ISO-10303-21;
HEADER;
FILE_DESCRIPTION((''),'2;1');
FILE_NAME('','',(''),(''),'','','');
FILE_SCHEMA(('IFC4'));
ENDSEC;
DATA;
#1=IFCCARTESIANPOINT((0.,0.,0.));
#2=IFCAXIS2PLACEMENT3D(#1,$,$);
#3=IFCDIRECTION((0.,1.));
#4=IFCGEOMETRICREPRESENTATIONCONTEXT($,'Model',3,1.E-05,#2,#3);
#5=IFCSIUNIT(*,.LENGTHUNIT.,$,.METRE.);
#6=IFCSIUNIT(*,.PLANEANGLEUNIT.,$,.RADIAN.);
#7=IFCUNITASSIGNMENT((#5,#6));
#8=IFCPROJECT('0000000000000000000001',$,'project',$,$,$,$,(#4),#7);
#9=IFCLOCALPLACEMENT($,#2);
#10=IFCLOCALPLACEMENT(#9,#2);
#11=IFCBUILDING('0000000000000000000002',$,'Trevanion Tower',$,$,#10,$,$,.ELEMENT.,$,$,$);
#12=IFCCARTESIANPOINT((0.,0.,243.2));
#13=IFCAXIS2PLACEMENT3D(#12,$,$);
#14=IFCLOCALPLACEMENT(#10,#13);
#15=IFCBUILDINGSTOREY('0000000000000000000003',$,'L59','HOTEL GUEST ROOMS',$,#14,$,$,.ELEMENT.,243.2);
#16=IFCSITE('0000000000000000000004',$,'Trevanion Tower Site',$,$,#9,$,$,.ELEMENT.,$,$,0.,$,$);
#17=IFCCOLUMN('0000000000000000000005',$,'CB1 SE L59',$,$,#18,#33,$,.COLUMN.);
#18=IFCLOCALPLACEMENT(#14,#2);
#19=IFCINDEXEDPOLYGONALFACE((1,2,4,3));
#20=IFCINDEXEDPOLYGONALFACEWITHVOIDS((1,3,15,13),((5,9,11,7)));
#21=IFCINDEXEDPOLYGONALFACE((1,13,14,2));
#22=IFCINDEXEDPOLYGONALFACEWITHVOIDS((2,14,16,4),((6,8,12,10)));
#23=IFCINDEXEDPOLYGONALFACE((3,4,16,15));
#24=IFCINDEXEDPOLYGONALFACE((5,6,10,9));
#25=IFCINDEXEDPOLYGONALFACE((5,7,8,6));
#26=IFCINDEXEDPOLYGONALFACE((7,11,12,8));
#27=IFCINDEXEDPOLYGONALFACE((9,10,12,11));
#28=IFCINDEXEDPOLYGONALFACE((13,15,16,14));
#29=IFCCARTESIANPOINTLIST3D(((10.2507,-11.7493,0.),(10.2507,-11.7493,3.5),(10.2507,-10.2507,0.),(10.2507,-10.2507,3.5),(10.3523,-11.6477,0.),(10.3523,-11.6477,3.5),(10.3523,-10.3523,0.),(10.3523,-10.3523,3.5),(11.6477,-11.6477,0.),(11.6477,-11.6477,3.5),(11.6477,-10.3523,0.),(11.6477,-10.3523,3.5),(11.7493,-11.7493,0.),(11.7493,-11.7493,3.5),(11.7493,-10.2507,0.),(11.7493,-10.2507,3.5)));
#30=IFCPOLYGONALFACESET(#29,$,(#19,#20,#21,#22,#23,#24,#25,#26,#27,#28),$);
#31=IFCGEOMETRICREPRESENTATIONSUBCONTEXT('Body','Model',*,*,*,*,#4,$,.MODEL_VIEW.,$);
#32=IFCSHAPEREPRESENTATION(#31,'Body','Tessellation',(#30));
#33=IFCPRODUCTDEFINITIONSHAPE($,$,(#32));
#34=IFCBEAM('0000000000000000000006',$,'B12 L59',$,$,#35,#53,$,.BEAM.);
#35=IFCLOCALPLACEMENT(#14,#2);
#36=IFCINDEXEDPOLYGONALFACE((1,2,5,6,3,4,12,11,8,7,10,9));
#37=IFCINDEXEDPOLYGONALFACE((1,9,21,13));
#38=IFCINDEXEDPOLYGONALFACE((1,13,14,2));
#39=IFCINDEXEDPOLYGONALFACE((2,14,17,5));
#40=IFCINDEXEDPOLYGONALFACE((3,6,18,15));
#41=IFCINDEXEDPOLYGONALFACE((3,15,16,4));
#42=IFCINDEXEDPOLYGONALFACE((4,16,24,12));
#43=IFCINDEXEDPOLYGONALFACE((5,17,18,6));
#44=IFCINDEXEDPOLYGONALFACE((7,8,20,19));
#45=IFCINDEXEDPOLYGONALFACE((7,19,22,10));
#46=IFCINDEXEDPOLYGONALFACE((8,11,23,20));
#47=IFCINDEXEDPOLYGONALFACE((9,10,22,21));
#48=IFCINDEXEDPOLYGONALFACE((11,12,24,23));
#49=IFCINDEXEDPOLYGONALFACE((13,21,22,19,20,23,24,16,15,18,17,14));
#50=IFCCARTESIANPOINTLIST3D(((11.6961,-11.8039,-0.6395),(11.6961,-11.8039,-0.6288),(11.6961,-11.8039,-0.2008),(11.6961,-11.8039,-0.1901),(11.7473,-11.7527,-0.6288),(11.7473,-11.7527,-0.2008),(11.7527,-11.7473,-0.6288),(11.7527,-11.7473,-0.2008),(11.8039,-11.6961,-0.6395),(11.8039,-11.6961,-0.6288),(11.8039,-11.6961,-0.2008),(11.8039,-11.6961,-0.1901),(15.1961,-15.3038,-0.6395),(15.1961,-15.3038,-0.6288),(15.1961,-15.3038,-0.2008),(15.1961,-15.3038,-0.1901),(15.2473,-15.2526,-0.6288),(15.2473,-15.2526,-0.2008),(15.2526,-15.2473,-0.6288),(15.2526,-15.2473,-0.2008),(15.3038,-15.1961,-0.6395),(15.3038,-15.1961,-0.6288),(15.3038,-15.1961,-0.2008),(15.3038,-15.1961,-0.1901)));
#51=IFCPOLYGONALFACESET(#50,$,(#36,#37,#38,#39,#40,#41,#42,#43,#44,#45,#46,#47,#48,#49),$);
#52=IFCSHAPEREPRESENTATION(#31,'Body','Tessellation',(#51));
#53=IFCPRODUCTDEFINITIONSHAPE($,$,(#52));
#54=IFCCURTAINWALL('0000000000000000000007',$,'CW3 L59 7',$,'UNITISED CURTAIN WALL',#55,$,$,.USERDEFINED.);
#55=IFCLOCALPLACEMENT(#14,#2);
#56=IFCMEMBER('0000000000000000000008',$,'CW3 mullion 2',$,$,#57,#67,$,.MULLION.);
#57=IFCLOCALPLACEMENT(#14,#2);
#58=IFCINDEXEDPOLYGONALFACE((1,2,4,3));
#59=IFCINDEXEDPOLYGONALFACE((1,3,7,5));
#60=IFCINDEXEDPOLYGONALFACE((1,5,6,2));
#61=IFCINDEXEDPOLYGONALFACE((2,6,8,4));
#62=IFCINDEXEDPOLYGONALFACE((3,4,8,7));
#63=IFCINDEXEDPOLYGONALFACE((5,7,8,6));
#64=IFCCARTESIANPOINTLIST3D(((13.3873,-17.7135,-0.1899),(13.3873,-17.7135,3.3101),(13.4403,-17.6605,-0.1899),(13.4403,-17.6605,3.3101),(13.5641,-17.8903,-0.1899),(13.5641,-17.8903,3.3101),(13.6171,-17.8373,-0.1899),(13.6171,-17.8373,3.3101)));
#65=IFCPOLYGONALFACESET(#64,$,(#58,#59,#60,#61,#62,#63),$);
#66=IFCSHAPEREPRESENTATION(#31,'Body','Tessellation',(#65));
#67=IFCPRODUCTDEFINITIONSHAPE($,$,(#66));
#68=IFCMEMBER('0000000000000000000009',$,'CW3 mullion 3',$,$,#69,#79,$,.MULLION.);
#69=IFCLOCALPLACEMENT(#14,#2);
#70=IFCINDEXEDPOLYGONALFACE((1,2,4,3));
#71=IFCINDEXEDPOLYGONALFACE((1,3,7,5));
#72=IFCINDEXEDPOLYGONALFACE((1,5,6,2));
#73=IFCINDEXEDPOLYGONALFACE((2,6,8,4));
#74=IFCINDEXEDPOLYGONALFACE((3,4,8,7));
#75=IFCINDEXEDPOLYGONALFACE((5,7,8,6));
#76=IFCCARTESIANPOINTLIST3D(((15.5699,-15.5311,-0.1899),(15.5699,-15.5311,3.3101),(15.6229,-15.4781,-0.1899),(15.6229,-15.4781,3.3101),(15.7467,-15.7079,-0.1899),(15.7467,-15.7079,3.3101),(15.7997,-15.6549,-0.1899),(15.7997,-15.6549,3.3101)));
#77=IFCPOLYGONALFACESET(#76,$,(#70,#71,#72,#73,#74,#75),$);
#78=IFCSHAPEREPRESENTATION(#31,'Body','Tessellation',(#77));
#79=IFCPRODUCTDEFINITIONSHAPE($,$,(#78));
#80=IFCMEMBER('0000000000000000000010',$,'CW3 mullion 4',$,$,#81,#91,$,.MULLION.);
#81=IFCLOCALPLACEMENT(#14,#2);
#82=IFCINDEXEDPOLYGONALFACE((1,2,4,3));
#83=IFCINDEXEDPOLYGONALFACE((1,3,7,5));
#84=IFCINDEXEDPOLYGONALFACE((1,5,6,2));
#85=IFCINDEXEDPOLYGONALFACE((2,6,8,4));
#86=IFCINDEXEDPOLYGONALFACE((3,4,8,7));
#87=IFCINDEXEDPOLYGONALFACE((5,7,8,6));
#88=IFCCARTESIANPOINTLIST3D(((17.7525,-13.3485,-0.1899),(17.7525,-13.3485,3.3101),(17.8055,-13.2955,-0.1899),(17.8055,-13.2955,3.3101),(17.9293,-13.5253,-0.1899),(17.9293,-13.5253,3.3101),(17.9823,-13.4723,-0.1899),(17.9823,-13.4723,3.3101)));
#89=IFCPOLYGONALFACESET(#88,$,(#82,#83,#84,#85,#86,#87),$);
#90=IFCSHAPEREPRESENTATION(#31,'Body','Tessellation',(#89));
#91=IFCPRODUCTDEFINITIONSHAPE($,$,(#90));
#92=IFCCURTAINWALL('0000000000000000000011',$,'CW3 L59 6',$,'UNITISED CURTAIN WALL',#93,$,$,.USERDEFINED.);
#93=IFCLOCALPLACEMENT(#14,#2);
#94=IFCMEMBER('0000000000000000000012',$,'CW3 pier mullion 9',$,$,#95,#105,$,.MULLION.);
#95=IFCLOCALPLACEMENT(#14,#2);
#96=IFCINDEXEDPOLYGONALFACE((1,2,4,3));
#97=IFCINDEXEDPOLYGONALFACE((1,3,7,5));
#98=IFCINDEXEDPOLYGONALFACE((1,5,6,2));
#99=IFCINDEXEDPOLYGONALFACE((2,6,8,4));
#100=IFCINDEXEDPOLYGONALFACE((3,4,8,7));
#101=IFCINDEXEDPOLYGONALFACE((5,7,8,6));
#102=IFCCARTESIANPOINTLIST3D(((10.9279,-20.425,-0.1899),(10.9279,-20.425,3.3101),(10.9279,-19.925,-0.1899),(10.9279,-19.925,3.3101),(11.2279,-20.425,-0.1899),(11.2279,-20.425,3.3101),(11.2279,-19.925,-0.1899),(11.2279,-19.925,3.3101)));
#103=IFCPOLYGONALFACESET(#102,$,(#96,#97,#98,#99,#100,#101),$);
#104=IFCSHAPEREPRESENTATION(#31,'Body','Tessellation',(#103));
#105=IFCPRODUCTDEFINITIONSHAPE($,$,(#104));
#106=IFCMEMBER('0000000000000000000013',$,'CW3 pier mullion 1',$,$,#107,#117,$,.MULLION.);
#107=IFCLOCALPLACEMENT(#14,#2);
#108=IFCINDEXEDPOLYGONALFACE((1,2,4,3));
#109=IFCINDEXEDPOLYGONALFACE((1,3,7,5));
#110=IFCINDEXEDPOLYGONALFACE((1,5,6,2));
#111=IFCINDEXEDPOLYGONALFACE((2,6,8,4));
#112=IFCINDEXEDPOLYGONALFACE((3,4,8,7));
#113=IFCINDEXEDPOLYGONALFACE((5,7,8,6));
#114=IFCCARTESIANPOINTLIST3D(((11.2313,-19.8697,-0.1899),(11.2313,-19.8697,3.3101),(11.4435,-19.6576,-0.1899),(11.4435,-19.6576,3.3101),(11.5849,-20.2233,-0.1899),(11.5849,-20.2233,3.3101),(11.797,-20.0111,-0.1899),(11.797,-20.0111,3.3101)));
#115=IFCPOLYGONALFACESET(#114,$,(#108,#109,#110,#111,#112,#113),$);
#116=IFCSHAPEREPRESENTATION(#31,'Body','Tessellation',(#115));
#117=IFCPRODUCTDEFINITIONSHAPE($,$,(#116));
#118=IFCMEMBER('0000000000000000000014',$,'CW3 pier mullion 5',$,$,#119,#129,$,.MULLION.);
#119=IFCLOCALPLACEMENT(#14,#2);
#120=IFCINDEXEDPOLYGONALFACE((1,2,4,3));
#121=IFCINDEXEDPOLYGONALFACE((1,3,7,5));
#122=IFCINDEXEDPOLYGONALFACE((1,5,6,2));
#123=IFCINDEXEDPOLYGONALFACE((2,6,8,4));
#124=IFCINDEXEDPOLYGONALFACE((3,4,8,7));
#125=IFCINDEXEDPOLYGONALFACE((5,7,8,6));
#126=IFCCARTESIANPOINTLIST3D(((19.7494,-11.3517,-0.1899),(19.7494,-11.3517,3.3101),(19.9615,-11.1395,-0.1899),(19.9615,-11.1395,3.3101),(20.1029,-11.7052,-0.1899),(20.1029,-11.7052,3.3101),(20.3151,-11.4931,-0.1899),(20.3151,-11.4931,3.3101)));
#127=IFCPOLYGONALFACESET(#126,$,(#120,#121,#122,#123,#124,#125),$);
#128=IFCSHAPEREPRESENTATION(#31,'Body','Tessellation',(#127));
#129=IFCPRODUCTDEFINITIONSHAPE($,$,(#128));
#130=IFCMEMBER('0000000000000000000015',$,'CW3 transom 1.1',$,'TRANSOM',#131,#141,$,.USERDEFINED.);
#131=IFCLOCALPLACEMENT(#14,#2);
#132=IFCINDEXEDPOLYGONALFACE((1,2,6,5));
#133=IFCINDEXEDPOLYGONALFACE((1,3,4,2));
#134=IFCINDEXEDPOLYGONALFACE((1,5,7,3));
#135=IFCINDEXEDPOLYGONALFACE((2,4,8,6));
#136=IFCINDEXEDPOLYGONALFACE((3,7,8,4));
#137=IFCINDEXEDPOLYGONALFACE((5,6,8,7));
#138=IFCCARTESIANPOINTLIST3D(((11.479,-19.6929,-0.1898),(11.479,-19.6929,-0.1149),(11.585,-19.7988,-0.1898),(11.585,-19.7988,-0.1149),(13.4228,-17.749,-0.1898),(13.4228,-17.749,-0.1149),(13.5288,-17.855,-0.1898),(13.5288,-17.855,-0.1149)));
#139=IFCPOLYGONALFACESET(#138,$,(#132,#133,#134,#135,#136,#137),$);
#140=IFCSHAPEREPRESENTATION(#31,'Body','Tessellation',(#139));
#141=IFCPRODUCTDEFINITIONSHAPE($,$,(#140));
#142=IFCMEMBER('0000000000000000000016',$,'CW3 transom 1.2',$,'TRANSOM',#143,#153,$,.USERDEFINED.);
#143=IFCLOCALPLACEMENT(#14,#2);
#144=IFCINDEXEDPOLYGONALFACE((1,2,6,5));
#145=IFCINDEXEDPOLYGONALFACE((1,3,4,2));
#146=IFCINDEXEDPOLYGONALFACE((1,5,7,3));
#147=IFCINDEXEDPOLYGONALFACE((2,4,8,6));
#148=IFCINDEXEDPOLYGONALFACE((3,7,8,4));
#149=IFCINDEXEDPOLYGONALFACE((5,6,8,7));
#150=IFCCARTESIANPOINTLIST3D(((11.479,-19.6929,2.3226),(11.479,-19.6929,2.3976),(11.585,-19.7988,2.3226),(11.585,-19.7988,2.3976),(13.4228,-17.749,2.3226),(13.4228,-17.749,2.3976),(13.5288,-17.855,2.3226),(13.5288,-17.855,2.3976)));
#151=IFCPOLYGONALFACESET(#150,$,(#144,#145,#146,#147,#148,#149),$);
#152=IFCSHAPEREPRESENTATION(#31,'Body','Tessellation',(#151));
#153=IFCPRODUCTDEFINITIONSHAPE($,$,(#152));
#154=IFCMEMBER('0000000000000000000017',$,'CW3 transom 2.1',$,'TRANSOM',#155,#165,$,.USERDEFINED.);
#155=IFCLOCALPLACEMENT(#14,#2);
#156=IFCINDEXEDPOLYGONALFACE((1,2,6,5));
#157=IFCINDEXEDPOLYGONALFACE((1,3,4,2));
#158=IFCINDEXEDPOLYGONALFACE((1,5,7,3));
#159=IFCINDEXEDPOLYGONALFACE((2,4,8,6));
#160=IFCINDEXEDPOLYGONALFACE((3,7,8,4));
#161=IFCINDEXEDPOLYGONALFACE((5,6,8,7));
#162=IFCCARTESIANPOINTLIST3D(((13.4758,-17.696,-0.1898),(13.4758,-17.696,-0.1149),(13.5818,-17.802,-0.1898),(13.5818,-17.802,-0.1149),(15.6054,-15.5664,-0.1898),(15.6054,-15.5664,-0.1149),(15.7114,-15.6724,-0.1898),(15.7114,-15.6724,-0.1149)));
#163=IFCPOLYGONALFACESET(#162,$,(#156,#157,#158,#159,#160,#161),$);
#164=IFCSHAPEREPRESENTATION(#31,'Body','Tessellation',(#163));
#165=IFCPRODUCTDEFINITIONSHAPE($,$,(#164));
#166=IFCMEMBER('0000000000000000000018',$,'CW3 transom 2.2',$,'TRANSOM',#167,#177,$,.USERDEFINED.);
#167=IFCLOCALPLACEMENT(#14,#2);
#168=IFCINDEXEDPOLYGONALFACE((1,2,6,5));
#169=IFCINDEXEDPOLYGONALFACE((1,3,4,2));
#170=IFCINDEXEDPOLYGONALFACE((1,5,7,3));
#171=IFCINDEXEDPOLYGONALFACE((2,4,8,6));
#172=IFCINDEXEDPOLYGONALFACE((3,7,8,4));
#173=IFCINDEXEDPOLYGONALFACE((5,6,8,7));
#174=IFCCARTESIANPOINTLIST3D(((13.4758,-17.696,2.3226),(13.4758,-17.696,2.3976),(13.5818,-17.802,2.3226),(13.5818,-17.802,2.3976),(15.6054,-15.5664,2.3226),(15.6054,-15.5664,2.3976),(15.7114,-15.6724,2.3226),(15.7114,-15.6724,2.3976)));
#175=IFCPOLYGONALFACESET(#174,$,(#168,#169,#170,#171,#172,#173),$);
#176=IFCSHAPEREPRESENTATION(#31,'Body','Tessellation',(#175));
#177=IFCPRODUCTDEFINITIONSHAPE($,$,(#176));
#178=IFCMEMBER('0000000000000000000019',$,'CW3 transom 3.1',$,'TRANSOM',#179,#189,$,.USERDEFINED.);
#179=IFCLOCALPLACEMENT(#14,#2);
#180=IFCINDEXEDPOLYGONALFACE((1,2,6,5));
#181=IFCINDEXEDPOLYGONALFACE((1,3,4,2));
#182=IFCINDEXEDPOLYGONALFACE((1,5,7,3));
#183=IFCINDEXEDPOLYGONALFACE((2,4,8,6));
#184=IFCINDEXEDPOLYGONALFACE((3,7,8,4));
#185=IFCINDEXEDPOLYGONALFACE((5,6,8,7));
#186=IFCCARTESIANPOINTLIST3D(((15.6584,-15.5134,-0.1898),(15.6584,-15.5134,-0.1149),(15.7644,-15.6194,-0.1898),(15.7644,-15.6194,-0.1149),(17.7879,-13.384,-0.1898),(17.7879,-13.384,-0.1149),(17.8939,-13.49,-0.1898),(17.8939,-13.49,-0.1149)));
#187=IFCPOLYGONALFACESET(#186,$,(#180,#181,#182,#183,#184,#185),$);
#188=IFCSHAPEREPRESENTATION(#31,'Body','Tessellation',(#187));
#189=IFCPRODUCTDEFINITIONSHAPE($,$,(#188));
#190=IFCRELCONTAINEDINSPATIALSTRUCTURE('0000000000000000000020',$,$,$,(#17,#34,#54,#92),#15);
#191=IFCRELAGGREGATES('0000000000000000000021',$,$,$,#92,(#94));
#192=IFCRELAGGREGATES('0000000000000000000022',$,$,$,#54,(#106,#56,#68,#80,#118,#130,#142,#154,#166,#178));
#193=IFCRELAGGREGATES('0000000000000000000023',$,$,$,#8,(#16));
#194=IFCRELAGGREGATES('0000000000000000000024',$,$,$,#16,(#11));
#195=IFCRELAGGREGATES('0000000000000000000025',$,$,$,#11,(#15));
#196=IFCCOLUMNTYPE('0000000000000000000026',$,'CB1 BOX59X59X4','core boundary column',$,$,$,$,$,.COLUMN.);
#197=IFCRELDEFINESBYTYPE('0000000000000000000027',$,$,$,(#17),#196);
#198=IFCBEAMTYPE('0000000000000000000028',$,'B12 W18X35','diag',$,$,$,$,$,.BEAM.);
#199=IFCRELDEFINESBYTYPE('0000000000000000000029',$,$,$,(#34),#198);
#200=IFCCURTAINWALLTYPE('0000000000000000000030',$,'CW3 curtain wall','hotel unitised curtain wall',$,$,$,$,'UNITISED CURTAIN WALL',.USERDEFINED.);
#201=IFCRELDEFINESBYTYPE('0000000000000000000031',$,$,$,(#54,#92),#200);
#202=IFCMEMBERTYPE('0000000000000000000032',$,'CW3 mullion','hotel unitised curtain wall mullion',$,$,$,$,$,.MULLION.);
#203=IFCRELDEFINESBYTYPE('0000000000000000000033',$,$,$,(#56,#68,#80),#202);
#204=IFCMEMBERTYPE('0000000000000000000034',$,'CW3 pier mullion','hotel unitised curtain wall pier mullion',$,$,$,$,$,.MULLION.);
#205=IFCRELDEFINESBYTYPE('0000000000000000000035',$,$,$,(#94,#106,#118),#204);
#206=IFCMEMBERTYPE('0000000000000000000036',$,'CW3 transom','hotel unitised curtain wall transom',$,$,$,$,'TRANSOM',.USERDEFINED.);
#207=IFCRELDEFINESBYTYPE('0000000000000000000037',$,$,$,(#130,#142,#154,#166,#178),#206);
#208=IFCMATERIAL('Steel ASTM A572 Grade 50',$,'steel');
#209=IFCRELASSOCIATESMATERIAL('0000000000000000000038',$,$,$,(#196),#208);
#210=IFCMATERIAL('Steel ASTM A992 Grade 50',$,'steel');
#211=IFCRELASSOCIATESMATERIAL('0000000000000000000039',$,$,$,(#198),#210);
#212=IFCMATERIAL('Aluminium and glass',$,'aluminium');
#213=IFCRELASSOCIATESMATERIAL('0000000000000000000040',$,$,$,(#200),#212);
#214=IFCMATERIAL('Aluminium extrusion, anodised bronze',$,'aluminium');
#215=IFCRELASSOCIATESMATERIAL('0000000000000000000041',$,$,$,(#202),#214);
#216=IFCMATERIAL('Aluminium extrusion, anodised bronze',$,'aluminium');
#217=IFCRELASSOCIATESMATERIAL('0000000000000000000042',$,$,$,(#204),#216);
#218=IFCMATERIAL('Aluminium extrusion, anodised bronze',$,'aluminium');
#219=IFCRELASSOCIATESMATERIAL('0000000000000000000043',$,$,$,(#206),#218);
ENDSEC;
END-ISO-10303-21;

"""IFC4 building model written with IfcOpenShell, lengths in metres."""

from ifc_helpers import new_model, si_unit, direction, frame, origin, origin_2d, place, context, subcontext, project, spatial, rectangle, hollow_rectangle, i_section, extrude, material, material_profile, profile_set, type_object, element, aggregate, save


model = new_model("IFC4")

# Units and contexts
model_context = context("Model", 3, precision=1e-05, world=origin(), true_north=direction((0.0, 1.0)))
body_context = subcontext(model_context, "Body", "Model", "MODEL_VIEW")
ifc_project = project(units=[si_unit("LENGTHUNIT", "METRE"), si_unit("PLANEANGLEUNIT", "RADIAN")], contexts=[model_context])

# Site, building, storey
site_placement = place(None, origin())
site = spatial("IfcSite", under=ifc_project, at=site_placement, Name="Trevanion Tower Site", CompositionType="ELEMENT", RefElevation=0.0)
building_placement = place(site_placement, origin())
building = spatial("IfcBuilding", under=site, at=building_placement, Name="Trevanion Tower", CompositionType="ELEMENT")
storey_placement = place(building_placement, frame((0.0, 0.0, 243.2)))
storey = spatial("IfcBuildingStorey", under=building, at=storey_placement, Name="L59", Description="HOTEL GUEST ROOMS", CompositionType="ELEMENT", Elevation=243.2)

# Column
ifc_material_1 = material(Name="Steel ASTM A572 Grade 50", Category="steel")
ifc_material_profile_1 = material_profile(ifc_material_1, hollow_rectangle(XDim=1.4985, YDim=1.4985, WallThickness=0.1016, at=origin_2d()), Name="BOX59X59X4")
ifc_profile_set_1 = profile_set([ifc_material_profile_1], Name="Steel ASTM A572 Grade 50")
column_type = type_object("IfcColumnType", Name="CB1 BOX59X59X4", Description="core boundary column", PredefinedType="COLUMN", material=ifc_profile_set_1)
column_placement = place(storey_placement, frame((11.0, -11.0, 0.0), z_axis=(0.0, 0.0, 1.0), x_axis=(1.0, 0.0, 0.0)))
element("IfcColumn", 1, at=column_placement, inside=storey, type_object=column_type, Name="CB1 SE L59", PredefinedType="COLUMN", context=body_context, shape_type="SweptSolid", body=[
    extrude(hollow_rectangle(XDim=1.4985, YDim=1.4985, WallThickness=0.1016, at=origin_2d()), origin(), (0.0, 0.0, 1.0), 3.5),
])

# Beam
ifc_material_2 = material(Name="Steel ASTM A992 Grade 50", Category="steel")
ifc_material_profile_2 = material_profile(ifc_material_2, i_section(OverallWidth=0.1523, OverallDepth=0.4495, WebThickness=0.0076, FlangeThickness=0.0107, at=origin_2d()), Name="W18X35")
ifc_profile_set_2 = profile_set([ifc_material_profile_2], Name="Steel ASTM A992 Grade 50")
beam_type_1 = type_object("IfcBeamType", Name="B12 W18X35", Description="diag", PredefinedType="BEAM", material=ifc_profile_set_2)
beam_1_placement = place(storey_placement, frame((11.75, -11.75, -0.4148), z_axis=(0.707107, -0.707107, 0.0), x_axis=(0.707107, 0.707107, 0.0)))
element("IfcBeam", 2, at=beam_1_placement, inside=storey, type_object=beam_type_1, Name="B12 L59", PredefinedType="BEAM", context=body_context, shape_type="SweptSolid", body=[
    extrude(i_section(OverallWidth=0.1523, OverallDepth=0.4495, WebThickness=0.0076, FlangeThickness=0.0107, at=origin_2d()), origin(), (0.0, 0.0, 1.0), 4.9497),
])

# Curtain wall, members
ifc_material_3 = material(Name="Aluminium and glass", Category="aluminium")
curtain_wall_type = type_object("IfcCurtainWallType", Name="CW3 curtain wall", Description="hotel unitised curtain wall", ElementType="UNITISED CURTAIN WALL", PredefinedType="USERDEFINED", material=ifc_material_3)
curtain_wall_1_placement = place(storey_placement, origin())
curtain_wall_1 = element("IfcCurtainWall", 3, at=curtain_wall_1_placement, inside=storey, type_object=curtain_wall_type, Name="CW3 L59 7", ObjectType="UNITISED CURTAIN WALL", PredefinedType="USERDEFINED")
ifc_material_4 = material(Name="Aluminium extrusion, anodised bronze", Category="aluminium")
ifc_material_profile_3 = material_profile(ifc_material_4, rectangle(XDim=0.075, YDim=0.25, at=origin_2d()), Name="CW3 mullion")
ifc_profile_set_3 = profile_set([ifc_material_profile_3], Name="Aluminium extrusion, anodised bronze")
member_type_1 = type_object("IfcMemberType", Name="CW3 mullion", Description="hotel unitised curtain wall mullion", PredefinedType="MULLION", material=ifc_profile_set_3)
member_1_placement = place(storey_placement, frame((13.5022, -17.7754, -0.1899), z_axis=(0.0, 0.0, 1.0), x_axis=(0.707107, 0.707107, 0.0)))
member_1 = element("IfcMember", 4, at=member_1_placement, type_object=member_type_1, Name="CW3 mullion 2", PredefinedType="MULLION", context=body_context, shape_type="SweptSolid", body=[
    extrude(rectangle(XDim=0.075, YDim=0.25, at=origin_2d()), origin(), (0.0, 0.0, 1.0), 3.5),
])
member_2_placement = place(storey_placement, frame((15.6848, -15.593, -0.1899), z_axis=(0.0, 0.0, 1.0), x_axis=(0.707107, 0.707107, 0.0)))
member_2 = element("IfcMember", 5, at=member_2_placement, type_object=member_type_1, Name="CW3 mullion 3", PredefinedType="MULLION", context=body_context, shape_type="SweptSolid", body=[
    extrude(rectangle(XDim=0.075, YDim=0.25, at=origin_2d()), origin(), (0.0, 0.0, 1.0), 3.5),
])
member_3_placement = place(storey_placement, frame((17.8674, -13.4104, -0.1899), z_axis=(0.0, 0.0, 1.0), x_axis=(0.707107, 0.707107, 0.0)))
member_3 = element("IfcMember", 6, at=member_3_placement, type_object=member_type_1, Name="CW3 mullion 4", PredefinedType="MULLION", context=body_context, shape_type="SweptSolid", body=[
    extrude(rectangle(XDim=0.075, YDim=0.25, at=origin_2d()), origin(), (0.0, 0.0, 1.0), 3.5),
])

# Curtain wall, member
curtain_wall_2_placement = place(storey_placement, origin())
curtain_wall_2 = element("IfcCurtainWall", 7, at=curtain_wall_2_placement, inside=storey, type_object=curtain_wall_type, Name="CW3 L59 6", ObjectType="UNITISED CURTAIN WALL", PredefinedType="USERDEFINED")
ifc_material_5 = material(Name="Aluminium extrusion, anodised bronze", Category="aluminium")
ifc_material_profile_4 = material_profile(ifc_material_5, rectangle(XDim=0.3, YDim=0.5, at=origin_2d()), Name="CW3 pier mullion")
ifc_profile_set_4 = profile_set([ifc_material_profile_4], Name="Aluminium extrusion, anodised bronze")
member_type_2 = type_object("IfcMemberType", Name="CW3 pier mullion", Description="hotel unitised curtain wall pier mullion", PredefinedType="MULLION", material=ifc_profile_set_4)
member_4_placement = place(storey_placement, frame((11.0779, -20.175, -0.1899), z_axis=(0.0, 0.0, 1.0), x_axis=(1.0, 0.0, 0.0)))
member_4 = element("IfcMember", 8, at=member_4_placement, type_object=member_type_2, Name="CW3 pier mullion 9", PredefinedType="MULLION", context=body_context, shape_type="SweptSolid", body=[
    extrude(rectangle(XDim=0.3, YDim=0.5, at=origin_2d()), origin(), (0.0, 0.0, 1.0), 3.5),
])
aggregate(curtain_wall_2, [member_4])

# Members
member_5_placement = place(storey_placement, frame((11.5142, -19.9404, -0.1899), z_axis=(0.0, 0.0, 1.0), x_axis=(0.707107, 0.707107, 0.0)))
member_5 = element("IfcMember", 9, at=member_5_placement, type_object=member_type_2, Name="CW3 pier mullion 1", PredefinedType="MULLION", context=body_context, shape_type="SweptSolid", body=[
    extrude(rectangle(XDim=0.3, YDim=0.5, at=origin_2d()), origin(), (0.0, 0.0, 1.0), 3.5),
])
member_6_placement = place(storey_placement, frame((20.0322, -11.4224, -0.1899), z_axis=(0.0, 0.0, 1.0), x_axis=(0.707107, 0.707107, 0.0)))
member_6 = element("IfcMember", 10, at=member_6_placement, type_object=member_type_2, Name="CW3 pier mullion 5", PredefinedType="MULLION", context=body_context, shape_type="SweptSolid", body=[
    extrude(rectangle(XDim=0.3, YDim=0.5, at=origin_2d()), origin(), (0.0, 0.0, 1.0), 3.5),
])
ifc_material_6 = material(Name="Aluminium extrusion, anodised bronze", Category="aluminium")
ifc_material_profile_5 = material_profile(ifc_material_6, rectangle(XDim=0.1499, YDim=0.075, at=origin_2d()), Name="CW3 transom")
ifc_profile_set_5 = profile_set([ifc_material_profile_5], Name="Aluminium extrusion, anodised bronze")
member_type_3 = type_object("IfcMemberType", Name="CW3 transom", Description="hotel unitised curtain wall transom", ElementType="TRANSOM", PredefinedType="USERDEFINED", material=ifc_profile_set_5)
member_7_placement = place(storey_placement, frame((11.532, -19.7458, -0.1523), z_axis=(0.707107, 0.707107, 0.0), x_axis=(-0.707107, 0.707107, 0.0)))
member_7 = element("IfcMember", 11, at=member_7_placement, type_object=member_type_3, Name="CW3 transom 1.1", ObjectType="TRANSOM", PredefinedType="USERDEFINED", context=body_context, shape_type="SweptSolid", body=[
    extrude(rectangle(XDim=0.1499, YDim=0.075, at=origin_2d()), origin(), (0.0, 0.0, 1.0), 2.749),
])
member_8_placement = place(storey_placement, frame((11.532, -19.7458, 2.3601), z_axis=(0.707107, 0.707107, 0.0), x_axis=(-0.707107, 0.707107, 0.0)))
member_8 = element("IfcMember", 12, at=member_8_placement, type_object=member_type_3, Name="CW3 transom 1.2", ObjectType="TRANSOM", PredefinedType="USERDEFINED", context=body_context, shape_type="SweptSolid", body=[
    extrude(rectangle(XDim=0.1499, YDim=0.075, at=origin_2d()), origin(), (0.0, 0.0, 1.0), 2.749),
])
member_9_placement = place(storey_placement, frame((13.5288, -17.749, -0.1523), z_axis=(0.707107, 0.707107, 0.0), x_axis=(-0.707107, 0.707107, 0.0)))
member_9 = element("IfcMember", 13, at=member_9_placement, type_object=member_type_3, Name="CW3 transom 2.1", ObjectType="TRANSOM", PredefinedType="USERDEFINED", context=body_context, shape_type="SweptSolid", body=[
    extrude(rectangle(XDim=0.1499, YDim=0.075, at=origin_2d()), origin(), (0.0, 0.0, 1.0), 3.0117),
])
member_10_placement = place(storey_placement, frame((13.5288, -17.749, 2.3601), z_axis=(0.707107, 0.707107, 0.0), x_axis=(-0.707107, 0.707107, 0.0)))
member_10 = element("IfcMember", 14, at=member_10_placement, type_object=member_type_3, Name="CW3 transom 2.2", ObjectType="TRANSOM", PredefinedType="USERDEFINED", context=body_context, shape_type="SweptSolid", body=[
    extrude(rectangle(XDim=0.1499, YDim=0.075, at=origin_2d()), origin(), (0.0, 0.0, 1.0), 3.0117),
])
member_11_placement = place(storey_placement, frame((15.7114, -15.5664, -0.1523), z_axis=(0.707107, 0.707107, 0.0), x_axis=(-0.707107, 0.707107, 0.0)))
member_11 = element("IfcMember", 15, at=member_11_placement, type_object=member_type_3, Name="CW3 transom 3.1", ObjectType="TRANSOM", PredefinedType="USERDEFINED", context=body_context, shape_type="SweptSolid", body=[
    extrude(rectangle(XDim=0.1499, YDim=0.075, at=origin_2d()), origin(), (0.0, 0.0, 1.0), 3.0115),
])

aggregate(curtain_wall_1, [member_5, member_1, member_2, member_3, member_6, member_7, member_8, member_9, member_10, member_11])

save(model, "model.ifc")
